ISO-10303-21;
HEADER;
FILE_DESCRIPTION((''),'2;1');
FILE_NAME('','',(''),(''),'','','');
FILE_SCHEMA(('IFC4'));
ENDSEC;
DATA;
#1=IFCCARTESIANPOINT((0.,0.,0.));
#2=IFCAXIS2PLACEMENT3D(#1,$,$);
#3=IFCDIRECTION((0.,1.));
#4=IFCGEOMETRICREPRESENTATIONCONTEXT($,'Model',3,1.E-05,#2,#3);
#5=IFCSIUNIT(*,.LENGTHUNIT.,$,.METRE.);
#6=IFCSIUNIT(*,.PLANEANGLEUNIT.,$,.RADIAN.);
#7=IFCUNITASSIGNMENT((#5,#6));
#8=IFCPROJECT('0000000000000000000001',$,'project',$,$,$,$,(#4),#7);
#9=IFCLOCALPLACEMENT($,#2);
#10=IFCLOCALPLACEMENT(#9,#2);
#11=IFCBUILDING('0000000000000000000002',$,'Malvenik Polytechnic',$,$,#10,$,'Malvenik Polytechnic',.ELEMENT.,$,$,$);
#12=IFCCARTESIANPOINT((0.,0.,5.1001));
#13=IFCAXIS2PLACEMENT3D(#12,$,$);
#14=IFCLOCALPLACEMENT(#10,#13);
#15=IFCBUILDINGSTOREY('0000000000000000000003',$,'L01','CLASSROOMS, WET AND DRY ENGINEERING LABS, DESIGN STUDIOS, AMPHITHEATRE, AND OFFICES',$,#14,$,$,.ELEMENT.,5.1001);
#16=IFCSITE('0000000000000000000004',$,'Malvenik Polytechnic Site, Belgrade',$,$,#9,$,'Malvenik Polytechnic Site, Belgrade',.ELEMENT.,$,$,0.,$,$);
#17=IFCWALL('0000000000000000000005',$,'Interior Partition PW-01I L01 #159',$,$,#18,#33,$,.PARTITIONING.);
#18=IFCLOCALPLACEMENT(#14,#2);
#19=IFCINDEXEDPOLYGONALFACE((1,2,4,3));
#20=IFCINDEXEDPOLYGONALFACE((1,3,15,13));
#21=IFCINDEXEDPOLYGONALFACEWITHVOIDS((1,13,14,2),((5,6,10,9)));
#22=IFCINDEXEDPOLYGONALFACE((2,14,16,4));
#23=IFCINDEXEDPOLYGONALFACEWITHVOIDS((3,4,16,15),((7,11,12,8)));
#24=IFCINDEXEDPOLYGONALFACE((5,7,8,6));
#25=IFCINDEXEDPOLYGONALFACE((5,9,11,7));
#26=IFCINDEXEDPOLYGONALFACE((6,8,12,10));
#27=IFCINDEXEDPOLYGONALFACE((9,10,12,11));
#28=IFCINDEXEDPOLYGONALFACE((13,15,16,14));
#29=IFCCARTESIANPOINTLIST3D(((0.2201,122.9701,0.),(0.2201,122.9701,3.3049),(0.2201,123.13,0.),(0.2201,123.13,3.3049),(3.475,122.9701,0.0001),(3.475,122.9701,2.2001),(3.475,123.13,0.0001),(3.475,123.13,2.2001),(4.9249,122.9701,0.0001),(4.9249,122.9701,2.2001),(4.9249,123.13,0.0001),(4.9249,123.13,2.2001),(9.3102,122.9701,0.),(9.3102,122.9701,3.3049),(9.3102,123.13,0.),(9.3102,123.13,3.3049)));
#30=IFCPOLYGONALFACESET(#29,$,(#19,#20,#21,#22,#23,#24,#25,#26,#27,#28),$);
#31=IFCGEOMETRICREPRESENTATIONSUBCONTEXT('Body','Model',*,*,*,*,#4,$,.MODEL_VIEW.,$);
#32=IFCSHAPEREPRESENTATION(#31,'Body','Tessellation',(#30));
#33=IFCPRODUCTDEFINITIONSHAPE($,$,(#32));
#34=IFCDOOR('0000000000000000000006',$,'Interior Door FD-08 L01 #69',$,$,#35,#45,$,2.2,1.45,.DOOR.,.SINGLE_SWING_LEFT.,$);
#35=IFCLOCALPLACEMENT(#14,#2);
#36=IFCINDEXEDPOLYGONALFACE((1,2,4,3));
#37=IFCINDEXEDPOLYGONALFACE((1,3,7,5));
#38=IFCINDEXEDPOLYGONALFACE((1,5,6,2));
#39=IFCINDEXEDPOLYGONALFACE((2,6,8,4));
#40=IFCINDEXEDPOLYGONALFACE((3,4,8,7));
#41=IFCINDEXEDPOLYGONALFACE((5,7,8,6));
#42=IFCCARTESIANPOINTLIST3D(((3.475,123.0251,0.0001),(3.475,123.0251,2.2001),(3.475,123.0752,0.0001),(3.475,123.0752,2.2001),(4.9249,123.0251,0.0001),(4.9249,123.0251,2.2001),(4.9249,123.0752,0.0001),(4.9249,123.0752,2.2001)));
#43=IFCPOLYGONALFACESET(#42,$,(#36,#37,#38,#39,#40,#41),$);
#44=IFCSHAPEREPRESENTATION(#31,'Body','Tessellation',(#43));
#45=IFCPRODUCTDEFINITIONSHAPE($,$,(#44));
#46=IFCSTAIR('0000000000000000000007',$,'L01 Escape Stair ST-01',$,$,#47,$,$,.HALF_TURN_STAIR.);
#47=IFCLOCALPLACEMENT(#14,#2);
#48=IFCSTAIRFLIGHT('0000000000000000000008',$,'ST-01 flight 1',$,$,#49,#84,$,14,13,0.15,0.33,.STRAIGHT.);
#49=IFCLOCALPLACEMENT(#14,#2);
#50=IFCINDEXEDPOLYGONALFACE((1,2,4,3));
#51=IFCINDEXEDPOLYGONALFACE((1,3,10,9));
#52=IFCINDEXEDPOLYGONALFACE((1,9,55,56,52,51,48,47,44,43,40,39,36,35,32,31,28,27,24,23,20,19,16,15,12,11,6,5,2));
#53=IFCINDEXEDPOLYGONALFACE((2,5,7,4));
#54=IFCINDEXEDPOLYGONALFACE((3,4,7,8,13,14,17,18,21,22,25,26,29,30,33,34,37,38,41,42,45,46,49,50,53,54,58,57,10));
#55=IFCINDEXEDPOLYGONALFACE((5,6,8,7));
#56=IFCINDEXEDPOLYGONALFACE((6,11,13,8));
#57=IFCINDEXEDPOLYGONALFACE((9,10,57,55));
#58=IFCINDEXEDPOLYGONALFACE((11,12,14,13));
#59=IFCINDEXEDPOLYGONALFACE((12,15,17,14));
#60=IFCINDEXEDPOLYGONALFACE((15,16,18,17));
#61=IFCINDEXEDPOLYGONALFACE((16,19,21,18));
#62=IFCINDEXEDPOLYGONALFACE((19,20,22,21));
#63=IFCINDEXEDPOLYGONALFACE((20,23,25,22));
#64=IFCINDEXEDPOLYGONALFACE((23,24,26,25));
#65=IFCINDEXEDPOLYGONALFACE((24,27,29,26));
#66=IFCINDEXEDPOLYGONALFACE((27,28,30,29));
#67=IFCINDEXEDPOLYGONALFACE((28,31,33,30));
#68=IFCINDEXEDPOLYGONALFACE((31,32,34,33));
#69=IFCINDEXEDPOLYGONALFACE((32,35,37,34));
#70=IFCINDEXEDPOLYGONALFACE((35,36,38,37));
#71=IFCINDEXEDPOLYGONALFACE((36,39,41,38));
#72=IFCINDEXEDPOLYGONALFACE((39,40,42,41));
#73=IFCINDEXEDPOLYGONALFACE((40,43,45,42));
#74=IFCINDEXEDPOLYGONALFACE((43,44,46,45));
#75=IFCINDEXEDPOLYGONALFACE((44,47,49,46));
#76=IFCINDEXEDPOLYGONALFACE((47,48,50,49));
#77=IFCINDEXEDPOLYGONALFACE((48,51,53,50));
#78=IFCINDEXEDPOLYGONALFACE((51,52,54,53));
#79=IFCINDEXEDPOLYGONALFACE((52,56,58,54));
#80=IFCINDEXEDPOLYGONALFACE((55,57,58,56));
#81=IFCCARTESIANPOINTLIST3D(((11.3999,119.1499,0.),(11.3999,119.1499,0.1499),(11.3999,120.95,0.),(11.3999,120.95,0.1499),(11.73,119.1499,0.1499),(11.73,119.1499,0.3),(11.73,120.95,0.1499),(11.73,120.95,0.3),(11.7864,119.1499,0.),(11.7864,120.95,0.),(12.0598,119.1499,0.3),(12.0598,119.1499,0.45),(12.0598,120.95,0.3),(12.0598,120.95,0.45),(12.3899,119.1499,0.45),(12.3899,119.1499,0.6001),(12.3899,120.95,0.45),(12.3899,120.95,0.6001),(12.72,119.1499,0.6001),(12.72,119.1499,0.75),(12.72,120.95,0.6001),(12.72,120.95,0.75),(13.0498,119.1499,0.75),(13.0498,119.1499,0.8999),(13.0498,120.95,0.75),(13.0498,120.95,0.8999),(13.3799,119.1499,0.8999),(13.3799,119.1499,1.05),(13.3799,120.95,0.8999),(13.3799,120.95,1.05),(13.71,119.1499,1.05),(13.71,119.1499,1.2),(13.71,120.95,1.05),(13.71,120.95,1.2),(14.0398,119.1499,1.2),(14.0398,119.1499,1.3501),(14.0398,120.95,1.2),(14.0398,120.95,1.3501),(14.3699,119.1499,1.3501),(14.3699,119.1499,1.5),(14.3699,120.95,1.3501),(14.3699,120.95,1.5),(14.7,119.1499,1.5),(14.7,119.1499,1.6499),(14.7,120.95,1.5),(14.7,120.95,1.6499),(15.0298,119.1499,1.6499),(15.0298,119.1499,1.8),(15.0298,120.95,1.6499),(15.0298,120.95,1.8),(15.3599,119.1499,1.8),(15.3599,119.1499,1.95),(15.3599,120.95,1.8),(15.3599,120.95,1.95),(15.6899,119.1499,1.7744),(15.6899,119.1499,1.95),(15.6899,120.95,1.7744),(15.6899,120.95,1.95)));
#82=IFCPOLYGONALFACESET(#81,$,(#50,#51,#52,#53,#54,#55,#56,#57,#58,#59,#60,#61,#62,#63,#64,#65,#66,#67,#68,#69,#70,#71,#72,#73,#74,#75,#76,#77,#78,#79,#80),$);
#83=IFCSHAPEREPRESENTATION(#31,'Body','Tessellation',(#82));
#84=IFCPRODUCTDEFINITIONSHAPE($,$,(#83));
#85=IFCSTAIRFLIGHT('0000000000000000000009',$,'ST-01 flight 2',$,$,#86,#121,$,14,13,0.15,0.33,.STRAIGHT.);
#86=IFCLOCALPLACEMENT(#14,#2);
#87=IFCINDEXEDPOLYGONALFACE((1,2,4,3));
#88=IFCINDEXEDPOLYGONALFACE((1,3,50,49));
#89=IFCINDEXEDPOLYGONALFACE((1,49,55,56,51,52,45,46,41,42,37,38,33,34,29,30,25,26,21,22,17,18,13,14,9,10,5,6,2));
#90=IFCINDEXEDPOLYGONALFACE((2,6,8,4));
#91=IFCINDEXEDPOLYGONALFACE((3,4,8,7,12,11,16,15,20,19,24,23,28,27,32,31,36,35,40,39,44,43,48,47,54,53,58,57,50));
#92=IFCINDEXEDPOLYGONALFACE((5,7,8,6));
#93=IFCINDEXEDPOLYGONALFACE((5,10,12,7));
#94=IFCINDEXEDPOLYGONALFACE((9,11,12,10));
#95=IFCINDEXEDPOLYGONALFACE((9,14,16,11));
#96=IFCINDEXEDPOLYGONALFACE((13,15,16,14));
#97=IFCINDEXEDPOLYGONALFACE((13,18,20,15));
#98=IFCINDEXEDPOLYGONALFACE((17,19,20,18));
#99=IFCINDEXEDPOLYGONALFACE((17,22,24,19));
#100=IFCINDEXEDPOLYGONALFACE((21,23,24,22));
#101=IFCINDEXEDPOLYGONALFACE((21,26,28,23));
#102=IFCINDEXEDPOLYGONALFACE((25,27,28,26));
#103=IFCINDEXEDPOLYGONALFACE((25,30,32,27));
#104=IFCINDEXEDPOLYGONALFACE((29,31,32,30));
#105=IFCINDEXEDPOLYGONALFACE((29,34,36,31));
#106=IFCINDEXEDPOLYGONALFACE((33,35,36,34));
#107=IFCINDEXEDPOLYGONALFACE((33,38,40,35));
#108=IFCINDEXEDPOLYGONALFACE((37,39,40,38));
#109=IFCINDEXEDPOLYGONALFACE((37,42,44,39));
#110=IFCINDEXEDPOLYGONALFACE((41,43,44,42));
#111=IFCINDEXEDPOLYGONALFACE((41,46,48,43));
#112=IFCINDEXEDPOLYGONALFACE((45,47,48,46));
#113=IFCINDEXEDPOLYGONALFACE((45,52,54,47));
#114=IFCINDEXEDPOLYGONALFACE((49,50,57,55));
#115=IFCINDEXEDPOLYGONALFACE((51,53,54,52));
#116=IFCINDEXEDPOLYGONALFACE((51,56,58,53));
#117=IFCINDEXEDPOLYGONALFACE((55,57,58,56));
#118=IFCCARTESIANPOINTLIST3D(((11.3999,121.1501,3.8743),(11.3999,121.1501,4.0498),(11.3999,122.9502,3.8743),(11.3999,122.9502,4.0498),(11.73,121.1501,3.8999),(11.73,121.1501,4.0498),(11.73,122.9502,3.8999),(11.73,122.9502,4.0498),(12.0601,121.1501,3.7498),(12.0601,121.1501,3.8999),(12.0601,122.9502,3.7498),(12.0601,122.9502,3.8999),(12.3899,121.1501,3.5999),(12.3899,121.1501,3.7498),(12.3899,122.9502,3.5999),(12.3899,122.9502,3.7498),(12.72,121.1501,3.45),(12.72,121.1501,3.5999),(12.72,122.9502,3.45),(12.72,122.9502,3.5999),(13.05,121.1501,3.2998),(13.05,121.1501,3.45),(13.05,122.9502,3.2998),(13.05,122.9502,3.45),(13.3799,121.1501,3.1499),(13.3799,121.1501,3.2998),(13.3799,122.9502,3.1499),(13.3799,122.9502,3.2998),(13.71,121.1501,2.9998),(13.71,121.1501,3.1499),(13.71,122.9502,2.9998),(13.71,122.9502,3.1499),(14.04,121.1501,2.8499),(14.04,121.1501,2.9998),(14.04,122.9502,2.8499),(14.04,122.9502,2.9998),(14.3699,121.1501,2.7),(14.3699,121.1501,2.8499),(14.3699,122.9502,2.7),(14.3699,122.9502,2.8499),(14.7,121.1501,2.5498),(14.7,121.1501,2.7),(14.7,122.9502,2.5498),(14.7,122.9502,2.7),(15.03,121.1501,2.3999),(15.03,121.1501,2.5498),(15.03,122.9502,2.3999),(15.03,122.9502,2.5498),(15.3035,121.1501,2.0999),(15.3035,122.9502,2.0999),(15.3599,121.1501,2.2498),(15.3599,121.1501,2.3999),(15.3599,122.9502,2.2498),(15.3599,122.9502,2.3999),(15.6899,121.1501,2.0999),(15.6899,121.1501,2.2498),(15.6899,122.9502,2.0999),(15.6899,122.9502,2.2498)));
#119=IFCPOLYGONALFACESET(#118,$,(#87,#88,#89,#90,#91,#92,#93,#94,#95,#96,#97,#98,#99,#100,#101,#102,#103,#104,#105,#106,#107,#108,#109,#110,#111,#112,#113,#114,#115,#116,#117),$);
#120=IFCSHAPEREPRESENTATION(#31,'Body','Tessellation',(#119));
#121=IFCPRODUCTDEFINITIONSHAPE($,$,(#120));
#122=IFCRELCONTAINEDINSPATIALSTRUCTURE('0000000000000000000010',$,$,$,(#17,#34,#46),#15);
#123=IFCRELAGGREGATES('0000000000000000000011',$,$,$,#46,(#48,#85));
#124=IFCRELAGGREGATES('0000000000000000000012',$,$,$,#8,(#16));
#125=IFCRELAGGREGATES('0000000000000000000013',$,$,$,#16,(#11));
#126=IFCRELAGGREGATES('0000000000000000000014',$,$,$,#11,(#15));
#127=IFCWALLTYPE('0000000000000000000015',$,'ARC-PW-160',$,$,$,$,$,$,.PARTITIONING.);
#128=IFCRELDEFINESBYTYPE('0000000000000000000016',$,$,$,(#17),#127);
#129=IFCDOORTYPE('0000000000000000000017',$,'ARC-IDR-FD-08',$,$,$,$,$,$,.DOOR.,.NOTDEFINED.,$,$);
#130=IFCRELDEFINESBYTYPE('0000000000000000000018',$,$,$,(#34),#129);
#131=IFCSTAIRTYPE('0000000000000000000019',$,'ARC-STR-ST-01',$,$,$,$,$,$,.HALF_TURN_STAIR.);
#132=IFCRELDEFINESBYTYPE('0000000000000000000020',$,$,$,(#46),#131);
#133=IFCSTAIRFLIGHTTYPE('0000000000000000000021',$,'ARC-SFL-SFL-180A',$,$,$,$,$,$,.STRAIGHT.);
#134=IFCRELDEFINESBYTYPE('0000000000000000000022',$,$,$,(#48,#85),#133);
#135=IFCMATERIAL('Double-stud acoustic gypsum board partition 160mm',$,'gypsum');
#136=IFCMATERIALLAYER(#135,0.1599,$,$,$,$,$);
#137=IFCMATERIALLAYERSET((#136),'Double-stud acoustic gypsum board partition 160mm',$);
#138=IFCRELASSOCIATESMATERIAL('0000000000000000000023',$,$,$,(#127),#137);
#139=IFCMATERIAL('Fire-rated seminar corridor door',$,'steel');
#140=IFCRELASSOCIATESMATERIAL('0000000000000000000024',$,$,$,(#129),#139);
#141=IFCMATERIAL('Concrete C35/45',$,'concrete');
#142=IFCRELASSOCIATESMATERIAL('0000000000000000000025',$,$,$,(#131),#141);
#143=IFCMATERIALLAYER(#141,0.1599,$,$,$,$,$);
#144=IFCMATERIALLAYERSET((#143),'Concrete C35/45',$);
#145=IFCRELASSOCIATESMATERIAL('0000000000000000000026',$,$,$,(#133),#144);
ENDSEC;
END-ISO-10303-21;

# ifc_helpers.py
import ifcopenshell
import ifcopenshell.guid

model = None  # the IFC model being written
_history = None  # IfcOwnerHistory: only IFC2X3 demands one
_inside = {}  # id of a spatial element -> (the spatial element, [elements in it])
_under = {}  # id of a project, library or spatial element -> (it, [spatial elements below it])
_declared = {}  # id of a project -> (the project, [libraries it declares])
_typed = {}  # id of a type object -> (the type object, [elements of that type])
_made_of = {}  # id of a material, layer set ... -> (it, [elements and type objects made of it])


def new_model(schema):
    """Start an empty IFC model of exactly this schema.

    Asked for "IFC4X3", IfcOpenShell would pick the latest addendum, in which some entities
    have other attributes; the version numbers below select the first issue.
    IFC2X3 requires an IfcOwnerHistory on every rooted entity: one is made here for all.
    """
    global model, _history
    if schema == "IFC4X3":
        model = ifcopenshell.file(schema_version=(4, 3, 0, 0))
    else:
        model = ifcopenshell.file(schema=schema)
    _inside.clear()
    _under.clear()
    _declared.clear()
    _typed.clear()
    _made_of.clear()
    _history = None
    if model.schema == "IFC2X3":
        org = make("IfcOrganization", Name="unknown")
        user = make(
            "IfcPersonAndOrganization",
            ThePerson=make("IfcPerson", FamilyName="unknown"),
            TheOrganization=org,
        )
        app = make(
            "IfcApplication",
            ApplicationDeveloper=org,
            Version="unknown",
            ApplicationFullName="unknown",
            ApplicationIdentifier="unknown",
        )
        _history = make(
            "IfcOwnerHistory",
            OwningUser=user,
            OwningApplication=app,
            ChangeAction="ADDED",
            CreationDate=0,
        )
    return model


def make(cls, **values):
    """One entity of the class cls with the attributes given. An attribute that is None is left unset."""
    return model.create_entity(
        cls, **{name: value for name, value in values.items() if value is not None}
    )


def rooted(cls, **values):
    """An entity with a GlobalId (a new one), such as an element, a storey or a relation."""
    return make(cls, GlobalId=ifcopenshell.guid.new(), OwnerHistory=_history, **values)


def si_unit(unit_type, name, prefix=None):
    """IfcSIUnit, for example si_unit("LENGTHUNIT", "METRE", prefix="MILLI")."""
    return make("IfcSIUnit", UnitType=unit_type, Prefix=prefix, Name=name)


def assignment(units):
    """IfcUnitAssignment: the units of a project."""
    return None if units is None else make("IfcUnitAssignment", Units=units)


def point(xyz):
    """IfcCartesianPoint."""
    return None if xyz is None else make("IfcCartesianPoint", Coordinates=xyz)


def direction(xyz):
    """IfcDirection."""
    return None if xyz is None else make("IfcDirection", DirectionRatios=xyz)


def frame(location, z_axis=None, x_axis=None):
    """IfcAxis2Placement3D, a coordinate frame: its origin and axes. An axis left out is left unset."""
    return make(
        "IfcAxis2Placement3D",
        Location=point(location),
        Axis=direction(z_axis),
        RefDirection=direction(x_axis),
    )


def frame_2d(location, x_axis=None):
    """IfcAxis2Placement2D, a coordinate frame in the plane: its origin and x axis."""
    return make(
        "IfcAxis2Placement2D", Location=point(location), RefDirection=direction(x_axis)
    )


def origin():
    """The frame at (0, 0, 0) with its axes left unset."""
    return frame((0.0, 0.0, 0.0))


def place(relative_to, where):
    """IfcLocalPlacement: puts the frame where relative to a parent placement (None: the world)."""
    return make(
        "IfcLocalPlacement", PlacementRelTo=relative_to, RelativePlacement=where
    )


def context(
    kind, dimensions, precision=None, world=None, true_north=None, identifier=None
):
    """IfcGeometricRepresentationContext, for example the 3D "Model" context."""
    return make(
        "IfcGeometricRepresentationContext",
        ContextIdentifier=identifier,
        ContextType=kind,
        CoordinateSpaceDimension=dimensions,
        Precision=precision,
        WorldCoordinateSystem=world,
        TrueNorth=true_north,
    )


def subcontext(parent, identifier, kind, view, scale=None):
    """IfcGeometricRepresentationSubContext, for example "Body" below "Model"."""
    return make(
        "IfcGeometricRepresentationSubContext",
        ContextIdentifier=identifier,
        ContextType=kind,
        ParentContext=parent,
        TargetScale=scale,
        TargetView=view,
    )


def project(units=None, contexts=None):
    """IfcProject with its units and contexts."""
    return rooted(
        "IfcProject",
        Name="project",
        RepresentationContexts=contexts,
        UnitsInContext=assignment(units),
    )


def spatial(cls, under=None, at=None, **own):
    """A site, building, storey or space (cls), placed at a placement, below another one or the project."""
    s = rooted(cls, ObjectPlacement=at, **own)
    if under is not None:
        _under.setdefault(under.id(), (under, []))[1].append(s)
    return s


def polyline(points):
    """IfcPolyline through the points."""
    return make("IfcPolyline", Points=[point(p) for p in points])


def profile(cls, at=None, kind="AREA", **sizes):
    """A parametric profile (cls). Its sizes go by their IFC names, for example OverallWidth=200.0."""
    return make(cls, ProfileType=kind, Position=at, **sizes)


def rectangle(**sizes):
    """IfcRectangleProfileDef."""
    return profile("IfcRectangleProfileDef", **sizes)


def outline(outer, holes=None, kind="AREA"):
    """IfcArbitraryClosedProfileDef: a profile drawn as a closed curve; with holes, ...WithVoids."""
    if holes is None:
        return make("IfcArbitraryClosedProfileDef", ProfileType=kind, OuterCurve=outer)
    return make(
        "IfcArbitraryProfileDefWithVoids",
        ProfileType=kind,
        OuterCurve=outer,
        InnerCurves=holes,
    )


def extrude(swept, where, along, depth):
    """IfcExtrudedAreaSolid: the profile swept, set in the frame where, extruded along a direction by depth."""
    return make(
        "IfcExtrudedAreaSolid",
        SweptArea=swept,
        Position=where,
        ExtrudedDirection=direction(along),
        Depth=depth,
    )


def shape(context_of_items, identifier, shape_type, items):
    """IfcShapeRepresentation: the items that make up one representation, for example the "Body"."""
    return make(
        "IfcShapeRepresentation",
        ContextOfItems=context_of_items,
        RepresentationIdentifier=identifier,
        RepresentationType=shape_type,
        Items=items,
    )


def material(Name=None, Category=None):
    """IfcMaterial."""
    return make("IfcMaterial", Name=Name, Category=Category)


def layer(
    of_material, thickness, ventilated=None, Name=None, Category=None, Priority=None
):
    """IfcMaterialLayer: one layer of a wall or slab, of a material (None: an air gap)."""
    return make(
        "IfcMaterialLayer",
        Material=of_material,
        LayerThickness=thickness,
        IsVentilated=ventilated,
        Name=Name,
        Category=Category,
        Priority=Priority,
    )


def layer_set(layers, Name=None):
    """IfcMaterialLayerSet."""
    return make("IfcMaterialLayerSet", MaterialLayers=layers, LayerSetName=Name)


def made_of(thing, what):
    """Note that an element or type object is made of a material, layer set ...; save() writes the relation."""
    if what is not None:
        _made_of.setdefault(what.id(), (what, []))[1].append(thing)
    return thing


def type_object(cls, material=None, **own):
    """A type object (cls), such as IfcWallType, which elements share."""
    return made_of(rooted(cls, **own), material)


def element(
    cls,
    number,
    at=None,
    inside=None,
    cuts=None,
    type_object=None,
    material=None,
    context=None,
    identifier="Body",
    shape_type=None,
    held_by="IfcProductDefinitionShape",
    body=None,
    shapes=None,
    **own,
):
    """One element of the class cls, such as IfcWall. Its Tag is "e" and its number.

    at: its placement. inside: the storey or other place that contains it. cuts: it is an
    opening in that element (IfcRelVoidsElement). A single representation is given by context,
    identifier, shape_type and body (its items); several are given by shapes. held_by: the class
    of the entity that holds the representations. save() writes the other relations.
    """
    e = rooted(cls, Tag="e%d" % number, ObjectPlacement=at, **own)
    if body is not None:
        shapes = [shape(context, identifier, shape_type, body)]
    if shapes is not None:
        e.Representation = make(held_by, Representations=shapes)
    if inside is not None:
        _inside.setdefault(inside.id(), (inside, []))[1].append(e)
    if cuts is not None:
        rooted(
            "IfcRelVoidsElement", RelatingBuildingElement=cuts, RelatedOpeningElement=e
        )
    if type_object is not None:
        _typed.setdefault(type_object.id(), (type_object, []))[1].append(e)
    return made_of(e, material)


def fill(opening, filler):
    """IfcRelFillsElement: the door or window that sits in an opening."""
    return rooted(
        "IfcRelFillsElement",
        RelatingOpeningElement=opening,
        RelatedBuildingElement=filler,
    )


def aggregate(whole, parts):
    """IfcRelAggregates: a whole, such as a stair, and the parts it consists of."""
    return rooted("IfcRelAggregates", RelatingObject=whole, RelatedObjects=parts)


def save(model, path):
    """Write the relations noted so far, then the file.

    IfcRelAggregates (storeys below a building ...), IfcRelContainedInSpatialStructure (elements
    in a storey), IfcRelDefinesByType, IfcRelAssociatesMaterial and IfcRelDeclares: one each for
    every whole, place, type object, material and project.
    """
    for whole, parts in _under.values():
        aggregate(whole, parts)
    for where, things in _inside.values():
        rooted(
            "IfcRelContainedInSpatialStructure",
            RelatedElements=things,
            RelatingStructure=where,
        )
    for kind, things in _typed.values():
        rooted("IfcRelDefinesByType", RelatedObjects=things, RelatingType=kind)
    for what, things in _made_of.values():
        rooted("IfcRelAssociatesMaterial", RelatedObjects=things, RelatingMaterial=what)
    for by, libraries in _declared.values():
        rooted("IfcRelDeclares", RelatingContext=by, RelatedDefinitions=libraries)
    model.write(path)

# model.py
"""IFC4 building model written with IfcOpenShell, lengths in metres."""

from ifc_helpers import new_model, si_unit, direction, frame, frame_2d, origin, place, context, subcontext, project, spatial, polyline, rectangle, outline, extrude, material, layer, layer_set, type_object, element, fill, aggregate, save


model = new_model("IFC4")

# Units and contexts
model_context = context("Model", 3, precision=1e-05, world=origin(), true_north=direction((0.0, 1.0)))
body_context = subcontext(model_context, "Body", "Model", "MODEL_VIEW")
ifc_project = project(units=[si_unit("LENGTHUNIT", "METRE"), si_unit("PLANEANGLEUNIT", "RADIAN")], contexts=[model_context])

# Site, building, storey
site_placement = place(None, origin())
site = spatial("IfcSite", under=ifc_project, at=site_placement, Name="Malvenik Polytechnic Site, Belgrade", LongName="Malvenik Polytechnic Site, Belgrade", CompositionType="ELEMENT", RefElevation=0.0)
building_placement = place(site_placement, origin())
building = spatial("IfcBuilding", under=site, at=building_placement, Name="Malvenik Polytechnic", LongName="Malvenik Polytechnic", CompositionType="ELEMENT")
storey_placement = place(building_placement, frame((0.0, 0.0, 5.1001)))
storey = spatial("IfcBuildingStorey", under=building, at=storey_placement, Name="L01", Description="CLASSROOMS, WET AND DRY ENGINEERING LABS, DESIGN STUDIOS, AMPHITHEATRE, AND OFFICES", CompositionType="ELEMENT", Elevation=5.1001)

# Shared definitions
ifc_material_1 = material(Name="Concrete C35/45", Category="concrete")

# Wall, opening, door
ifc_material_2 = material(Name="Double-stud acoustic gypsum board partition 160mm", Category="gypsum")
ifc_layer_1 = layer(ifc_material_2, 0.1599)
ifc_layer_set_1 = layer_set([ifc_layer_1], Name="Double-stud acoustic gypsum board partition 160mm")
wall_type_1 = type_object("IfcWallType", Name="ARC-PW-160", PredefinedType="PARTITIONING", material=ifc_layer_set_1)
wall_1_placement = place(storey_placement, frame((9.3101, 123.05, 0.0), z_axis=(0.0, 0.0, 1.0), x_axis=(-1.0, 0.0, 0.0)))
wall_1 = element("IfcWall", 1, at=wall_1_placement, inside=storey, type_object=wall_type_1, Name="Interior Partition PW-01I L01 #159", PredefinedType="PARTITIONING", context=body_context, shape_type="SweptSolid", body=[
    extrude(rectangle(XDim=9.0901, YDim=0.1599, at=frame_2d((4.5449, 0.0))), origin(), (0.0, 0.0, 1.0), 3.3049),
])
opening_1_placement = place(wall_1_placement, frame((4.385, 0.0, 0.0)))
opening_1 = element("IfcOpeningElement", 2, at=opening_1_placement, cuts=wall_1, PredefinedType="OPENING", context=body_context, shape_type="SweptSolid", body=[
    extrude(rectangle(XDim=1.45, YDim=2.2, at=frame_2d((0.7251, 1.1001))), frame((0.0, 0.0898, 0.0), z_axis=(0.0, -1.0, 0.0), x_axis=(1.0, 0.0, 0.0)), (0.0, 0.0, 1.0), 0.1799),
])
ifc_material_3 = material(Name="Fire-rated seminar corridor door", Category="steel")
door_type_1 = type_object("IfcDoorType", Name="ARC-IDR-FD-08", OperationType="NOTDEFINED", PredefinedType="DOOR", material=ifc_material_3)
door_1_placement = place(opening_1_placement, origin())
door_1 = element("IfcDoor", 3, at=door_1_placement, inside=storey, type_object=door_type_1, Name="Interior Door FD-08 L01 #69", OperationType="SINGLE_SWING_LEFT", OverallHeight=2.2, OverallWidth=1.45, PredefinedType="DOOR", context=body_context, shape_type="SweptSolid", body=[
    extrude(rectangle(XDim=1.45, YDim=2.2, at=frame_2d((0.7251, 1.1001))), frame((0.0, 0.0249, 0.0), z_axis=(0.0, -1.0, 0.0), x_axis=(1.0, 0.0, 0.0)), (0.0, 0.0, 1.0), 0.05),
])
fill(opening_1, door_1)

# Stair, stair flights
stair_type = type_object("IfcStairType", Name="ARC-STR-ST-01", PredefinedType="HALF_TURN_STAIR", material=ifc_material_1)
stair_placement = place(storey_placement, origin())
stair = element("IfcStair", 4, at=stair_placement, inside=storey, type_object=stair_type, Name="L01 Escape Stair ST-01", PredefinedType="HALF_TURN_STAIR")
ifc_layer_2 = layer(ifc_material_1, 0.1599)
ifc_layer_set_2 = layer_set([ifc_layer_2], Name="Concrete C35/45")
stair_flight_type = type_object("IfcStairFlightType", Name="ARC-SFL-SFL-180A", PredefinedType="STRAIGHT", material=ifc_layer_set_2)
stair_flight_1_placement = place(storey_placement, frame((11.3999, 120.05, 0.0), z_axis=(0.0, 0.0, 1.0), x_axis=(1.0, 0.0, 0.0)))
stair_flight_1 = element("IfcStairFlight", 5, at=stair_flight_1_placement, type_object=stair_flight_type, Name="ST-01 flight 1", NumberOfRisers=14, NumberOfTreads=13, PredefinedType="STRAIGHT", RiserHeight=0.15, TreadLength=0.33, context=body_context, shape_type="SweptSolid", body=[
    extrude(outline(polyline([(0.0, 0.0), (0.0, 0.1499), (0.3301, 0.1499), (0.3301, 0.3), (0.6599, 0.3), (0.6599, 0.45), (0.99, 0.45), (0.99, 0.6001), (1.3201, 0.6001), (1.3201, 0.75), (1.6499, 0.75), (1.6499, 0.8999), (1.98, 0.8999), (1.98, 1.05), (2.3101, 1.05), (2.3101, 1.2), (2.6399, 1.2), (2.6399, 1.3501), (2.97, 1.3501), (2.97, 1.5), (3.3, 1.5), (3.3, 1.6499), (3.6299, 1.6499), (3.6299, 1.8), (3.96, 1.8), (3.96, 1.95), (4.29, 1.95), (4.29, 2.1001), (4.29, 1.7744), (0.3865, 0.0), (0.0, 0.0)])), frame((0.0, 0.8999, 0.0), z_axis=(0.0, -1.0, 0.0), x_axis=(1.0, 0.0, 0.0)), (0.0, 0.0, 1.0), 1.8),
])
stair_flight_2_placement = place(storey_placement, frame((15.6899, 122.05, 2.0999), z_axis=(0.0, 0.0, 1.0), x_axis=(-1.0, 0.0, 0.0)))
stair_flight_2 = element("IfcStairFlight", 6, at=stair_flight_2_placement, type_object=stair_flight_type, Name="ST-01 flight 2", NumberOfRisers=14, NumberOfTreads=13, PredefinedType="STRAIGHT", RiserHeight=0.15, TreadLength=0.33, context=body_context, shape_type="SweptSolid", body=[
    extrude(outline(polyline([(0.0, 0.0), (0.0, 0.1499), (0.3301, 0.1499), (0.3301, 0.3), (0.6599, 0.3), (0.6599, 0.45), (0.99, 0.45), (0.99, 0.6001), (1.3201, 0.6001), (1.3201, 0.75), (1.6499, 0.75), (1.6499, 0.8999), (1.98, 0.8999), (1.98, 1.05), (2.3101, 1.05), (2.3101, 1.2), (2.6399, 1.2), (2.6399, 1.3501), (2.97, 1.3501), (2.97, 1.5), (3.3, 1.5), (3.3, 1.6499), (3.6299, 1.6499), (3.6299, 1.8), (3.96, 1.8), (3.96, 1.95), (4.29, 1.95), (4.29, 2.1001), (4.29, 1.7744), (0.3865, 0.0), (0.0, 0.0)])), frame((0.0, 0.8999, 0.0), z_axis=(0.0, -1.0, 0.0), x_axis=(1.0, 0.0, 0.0)), (0.0, 0.0, 1.0), 1.8),
])
aggregate(stair, [stair_flight_1, stair_flight_2])

save(model, "model.ifc")
